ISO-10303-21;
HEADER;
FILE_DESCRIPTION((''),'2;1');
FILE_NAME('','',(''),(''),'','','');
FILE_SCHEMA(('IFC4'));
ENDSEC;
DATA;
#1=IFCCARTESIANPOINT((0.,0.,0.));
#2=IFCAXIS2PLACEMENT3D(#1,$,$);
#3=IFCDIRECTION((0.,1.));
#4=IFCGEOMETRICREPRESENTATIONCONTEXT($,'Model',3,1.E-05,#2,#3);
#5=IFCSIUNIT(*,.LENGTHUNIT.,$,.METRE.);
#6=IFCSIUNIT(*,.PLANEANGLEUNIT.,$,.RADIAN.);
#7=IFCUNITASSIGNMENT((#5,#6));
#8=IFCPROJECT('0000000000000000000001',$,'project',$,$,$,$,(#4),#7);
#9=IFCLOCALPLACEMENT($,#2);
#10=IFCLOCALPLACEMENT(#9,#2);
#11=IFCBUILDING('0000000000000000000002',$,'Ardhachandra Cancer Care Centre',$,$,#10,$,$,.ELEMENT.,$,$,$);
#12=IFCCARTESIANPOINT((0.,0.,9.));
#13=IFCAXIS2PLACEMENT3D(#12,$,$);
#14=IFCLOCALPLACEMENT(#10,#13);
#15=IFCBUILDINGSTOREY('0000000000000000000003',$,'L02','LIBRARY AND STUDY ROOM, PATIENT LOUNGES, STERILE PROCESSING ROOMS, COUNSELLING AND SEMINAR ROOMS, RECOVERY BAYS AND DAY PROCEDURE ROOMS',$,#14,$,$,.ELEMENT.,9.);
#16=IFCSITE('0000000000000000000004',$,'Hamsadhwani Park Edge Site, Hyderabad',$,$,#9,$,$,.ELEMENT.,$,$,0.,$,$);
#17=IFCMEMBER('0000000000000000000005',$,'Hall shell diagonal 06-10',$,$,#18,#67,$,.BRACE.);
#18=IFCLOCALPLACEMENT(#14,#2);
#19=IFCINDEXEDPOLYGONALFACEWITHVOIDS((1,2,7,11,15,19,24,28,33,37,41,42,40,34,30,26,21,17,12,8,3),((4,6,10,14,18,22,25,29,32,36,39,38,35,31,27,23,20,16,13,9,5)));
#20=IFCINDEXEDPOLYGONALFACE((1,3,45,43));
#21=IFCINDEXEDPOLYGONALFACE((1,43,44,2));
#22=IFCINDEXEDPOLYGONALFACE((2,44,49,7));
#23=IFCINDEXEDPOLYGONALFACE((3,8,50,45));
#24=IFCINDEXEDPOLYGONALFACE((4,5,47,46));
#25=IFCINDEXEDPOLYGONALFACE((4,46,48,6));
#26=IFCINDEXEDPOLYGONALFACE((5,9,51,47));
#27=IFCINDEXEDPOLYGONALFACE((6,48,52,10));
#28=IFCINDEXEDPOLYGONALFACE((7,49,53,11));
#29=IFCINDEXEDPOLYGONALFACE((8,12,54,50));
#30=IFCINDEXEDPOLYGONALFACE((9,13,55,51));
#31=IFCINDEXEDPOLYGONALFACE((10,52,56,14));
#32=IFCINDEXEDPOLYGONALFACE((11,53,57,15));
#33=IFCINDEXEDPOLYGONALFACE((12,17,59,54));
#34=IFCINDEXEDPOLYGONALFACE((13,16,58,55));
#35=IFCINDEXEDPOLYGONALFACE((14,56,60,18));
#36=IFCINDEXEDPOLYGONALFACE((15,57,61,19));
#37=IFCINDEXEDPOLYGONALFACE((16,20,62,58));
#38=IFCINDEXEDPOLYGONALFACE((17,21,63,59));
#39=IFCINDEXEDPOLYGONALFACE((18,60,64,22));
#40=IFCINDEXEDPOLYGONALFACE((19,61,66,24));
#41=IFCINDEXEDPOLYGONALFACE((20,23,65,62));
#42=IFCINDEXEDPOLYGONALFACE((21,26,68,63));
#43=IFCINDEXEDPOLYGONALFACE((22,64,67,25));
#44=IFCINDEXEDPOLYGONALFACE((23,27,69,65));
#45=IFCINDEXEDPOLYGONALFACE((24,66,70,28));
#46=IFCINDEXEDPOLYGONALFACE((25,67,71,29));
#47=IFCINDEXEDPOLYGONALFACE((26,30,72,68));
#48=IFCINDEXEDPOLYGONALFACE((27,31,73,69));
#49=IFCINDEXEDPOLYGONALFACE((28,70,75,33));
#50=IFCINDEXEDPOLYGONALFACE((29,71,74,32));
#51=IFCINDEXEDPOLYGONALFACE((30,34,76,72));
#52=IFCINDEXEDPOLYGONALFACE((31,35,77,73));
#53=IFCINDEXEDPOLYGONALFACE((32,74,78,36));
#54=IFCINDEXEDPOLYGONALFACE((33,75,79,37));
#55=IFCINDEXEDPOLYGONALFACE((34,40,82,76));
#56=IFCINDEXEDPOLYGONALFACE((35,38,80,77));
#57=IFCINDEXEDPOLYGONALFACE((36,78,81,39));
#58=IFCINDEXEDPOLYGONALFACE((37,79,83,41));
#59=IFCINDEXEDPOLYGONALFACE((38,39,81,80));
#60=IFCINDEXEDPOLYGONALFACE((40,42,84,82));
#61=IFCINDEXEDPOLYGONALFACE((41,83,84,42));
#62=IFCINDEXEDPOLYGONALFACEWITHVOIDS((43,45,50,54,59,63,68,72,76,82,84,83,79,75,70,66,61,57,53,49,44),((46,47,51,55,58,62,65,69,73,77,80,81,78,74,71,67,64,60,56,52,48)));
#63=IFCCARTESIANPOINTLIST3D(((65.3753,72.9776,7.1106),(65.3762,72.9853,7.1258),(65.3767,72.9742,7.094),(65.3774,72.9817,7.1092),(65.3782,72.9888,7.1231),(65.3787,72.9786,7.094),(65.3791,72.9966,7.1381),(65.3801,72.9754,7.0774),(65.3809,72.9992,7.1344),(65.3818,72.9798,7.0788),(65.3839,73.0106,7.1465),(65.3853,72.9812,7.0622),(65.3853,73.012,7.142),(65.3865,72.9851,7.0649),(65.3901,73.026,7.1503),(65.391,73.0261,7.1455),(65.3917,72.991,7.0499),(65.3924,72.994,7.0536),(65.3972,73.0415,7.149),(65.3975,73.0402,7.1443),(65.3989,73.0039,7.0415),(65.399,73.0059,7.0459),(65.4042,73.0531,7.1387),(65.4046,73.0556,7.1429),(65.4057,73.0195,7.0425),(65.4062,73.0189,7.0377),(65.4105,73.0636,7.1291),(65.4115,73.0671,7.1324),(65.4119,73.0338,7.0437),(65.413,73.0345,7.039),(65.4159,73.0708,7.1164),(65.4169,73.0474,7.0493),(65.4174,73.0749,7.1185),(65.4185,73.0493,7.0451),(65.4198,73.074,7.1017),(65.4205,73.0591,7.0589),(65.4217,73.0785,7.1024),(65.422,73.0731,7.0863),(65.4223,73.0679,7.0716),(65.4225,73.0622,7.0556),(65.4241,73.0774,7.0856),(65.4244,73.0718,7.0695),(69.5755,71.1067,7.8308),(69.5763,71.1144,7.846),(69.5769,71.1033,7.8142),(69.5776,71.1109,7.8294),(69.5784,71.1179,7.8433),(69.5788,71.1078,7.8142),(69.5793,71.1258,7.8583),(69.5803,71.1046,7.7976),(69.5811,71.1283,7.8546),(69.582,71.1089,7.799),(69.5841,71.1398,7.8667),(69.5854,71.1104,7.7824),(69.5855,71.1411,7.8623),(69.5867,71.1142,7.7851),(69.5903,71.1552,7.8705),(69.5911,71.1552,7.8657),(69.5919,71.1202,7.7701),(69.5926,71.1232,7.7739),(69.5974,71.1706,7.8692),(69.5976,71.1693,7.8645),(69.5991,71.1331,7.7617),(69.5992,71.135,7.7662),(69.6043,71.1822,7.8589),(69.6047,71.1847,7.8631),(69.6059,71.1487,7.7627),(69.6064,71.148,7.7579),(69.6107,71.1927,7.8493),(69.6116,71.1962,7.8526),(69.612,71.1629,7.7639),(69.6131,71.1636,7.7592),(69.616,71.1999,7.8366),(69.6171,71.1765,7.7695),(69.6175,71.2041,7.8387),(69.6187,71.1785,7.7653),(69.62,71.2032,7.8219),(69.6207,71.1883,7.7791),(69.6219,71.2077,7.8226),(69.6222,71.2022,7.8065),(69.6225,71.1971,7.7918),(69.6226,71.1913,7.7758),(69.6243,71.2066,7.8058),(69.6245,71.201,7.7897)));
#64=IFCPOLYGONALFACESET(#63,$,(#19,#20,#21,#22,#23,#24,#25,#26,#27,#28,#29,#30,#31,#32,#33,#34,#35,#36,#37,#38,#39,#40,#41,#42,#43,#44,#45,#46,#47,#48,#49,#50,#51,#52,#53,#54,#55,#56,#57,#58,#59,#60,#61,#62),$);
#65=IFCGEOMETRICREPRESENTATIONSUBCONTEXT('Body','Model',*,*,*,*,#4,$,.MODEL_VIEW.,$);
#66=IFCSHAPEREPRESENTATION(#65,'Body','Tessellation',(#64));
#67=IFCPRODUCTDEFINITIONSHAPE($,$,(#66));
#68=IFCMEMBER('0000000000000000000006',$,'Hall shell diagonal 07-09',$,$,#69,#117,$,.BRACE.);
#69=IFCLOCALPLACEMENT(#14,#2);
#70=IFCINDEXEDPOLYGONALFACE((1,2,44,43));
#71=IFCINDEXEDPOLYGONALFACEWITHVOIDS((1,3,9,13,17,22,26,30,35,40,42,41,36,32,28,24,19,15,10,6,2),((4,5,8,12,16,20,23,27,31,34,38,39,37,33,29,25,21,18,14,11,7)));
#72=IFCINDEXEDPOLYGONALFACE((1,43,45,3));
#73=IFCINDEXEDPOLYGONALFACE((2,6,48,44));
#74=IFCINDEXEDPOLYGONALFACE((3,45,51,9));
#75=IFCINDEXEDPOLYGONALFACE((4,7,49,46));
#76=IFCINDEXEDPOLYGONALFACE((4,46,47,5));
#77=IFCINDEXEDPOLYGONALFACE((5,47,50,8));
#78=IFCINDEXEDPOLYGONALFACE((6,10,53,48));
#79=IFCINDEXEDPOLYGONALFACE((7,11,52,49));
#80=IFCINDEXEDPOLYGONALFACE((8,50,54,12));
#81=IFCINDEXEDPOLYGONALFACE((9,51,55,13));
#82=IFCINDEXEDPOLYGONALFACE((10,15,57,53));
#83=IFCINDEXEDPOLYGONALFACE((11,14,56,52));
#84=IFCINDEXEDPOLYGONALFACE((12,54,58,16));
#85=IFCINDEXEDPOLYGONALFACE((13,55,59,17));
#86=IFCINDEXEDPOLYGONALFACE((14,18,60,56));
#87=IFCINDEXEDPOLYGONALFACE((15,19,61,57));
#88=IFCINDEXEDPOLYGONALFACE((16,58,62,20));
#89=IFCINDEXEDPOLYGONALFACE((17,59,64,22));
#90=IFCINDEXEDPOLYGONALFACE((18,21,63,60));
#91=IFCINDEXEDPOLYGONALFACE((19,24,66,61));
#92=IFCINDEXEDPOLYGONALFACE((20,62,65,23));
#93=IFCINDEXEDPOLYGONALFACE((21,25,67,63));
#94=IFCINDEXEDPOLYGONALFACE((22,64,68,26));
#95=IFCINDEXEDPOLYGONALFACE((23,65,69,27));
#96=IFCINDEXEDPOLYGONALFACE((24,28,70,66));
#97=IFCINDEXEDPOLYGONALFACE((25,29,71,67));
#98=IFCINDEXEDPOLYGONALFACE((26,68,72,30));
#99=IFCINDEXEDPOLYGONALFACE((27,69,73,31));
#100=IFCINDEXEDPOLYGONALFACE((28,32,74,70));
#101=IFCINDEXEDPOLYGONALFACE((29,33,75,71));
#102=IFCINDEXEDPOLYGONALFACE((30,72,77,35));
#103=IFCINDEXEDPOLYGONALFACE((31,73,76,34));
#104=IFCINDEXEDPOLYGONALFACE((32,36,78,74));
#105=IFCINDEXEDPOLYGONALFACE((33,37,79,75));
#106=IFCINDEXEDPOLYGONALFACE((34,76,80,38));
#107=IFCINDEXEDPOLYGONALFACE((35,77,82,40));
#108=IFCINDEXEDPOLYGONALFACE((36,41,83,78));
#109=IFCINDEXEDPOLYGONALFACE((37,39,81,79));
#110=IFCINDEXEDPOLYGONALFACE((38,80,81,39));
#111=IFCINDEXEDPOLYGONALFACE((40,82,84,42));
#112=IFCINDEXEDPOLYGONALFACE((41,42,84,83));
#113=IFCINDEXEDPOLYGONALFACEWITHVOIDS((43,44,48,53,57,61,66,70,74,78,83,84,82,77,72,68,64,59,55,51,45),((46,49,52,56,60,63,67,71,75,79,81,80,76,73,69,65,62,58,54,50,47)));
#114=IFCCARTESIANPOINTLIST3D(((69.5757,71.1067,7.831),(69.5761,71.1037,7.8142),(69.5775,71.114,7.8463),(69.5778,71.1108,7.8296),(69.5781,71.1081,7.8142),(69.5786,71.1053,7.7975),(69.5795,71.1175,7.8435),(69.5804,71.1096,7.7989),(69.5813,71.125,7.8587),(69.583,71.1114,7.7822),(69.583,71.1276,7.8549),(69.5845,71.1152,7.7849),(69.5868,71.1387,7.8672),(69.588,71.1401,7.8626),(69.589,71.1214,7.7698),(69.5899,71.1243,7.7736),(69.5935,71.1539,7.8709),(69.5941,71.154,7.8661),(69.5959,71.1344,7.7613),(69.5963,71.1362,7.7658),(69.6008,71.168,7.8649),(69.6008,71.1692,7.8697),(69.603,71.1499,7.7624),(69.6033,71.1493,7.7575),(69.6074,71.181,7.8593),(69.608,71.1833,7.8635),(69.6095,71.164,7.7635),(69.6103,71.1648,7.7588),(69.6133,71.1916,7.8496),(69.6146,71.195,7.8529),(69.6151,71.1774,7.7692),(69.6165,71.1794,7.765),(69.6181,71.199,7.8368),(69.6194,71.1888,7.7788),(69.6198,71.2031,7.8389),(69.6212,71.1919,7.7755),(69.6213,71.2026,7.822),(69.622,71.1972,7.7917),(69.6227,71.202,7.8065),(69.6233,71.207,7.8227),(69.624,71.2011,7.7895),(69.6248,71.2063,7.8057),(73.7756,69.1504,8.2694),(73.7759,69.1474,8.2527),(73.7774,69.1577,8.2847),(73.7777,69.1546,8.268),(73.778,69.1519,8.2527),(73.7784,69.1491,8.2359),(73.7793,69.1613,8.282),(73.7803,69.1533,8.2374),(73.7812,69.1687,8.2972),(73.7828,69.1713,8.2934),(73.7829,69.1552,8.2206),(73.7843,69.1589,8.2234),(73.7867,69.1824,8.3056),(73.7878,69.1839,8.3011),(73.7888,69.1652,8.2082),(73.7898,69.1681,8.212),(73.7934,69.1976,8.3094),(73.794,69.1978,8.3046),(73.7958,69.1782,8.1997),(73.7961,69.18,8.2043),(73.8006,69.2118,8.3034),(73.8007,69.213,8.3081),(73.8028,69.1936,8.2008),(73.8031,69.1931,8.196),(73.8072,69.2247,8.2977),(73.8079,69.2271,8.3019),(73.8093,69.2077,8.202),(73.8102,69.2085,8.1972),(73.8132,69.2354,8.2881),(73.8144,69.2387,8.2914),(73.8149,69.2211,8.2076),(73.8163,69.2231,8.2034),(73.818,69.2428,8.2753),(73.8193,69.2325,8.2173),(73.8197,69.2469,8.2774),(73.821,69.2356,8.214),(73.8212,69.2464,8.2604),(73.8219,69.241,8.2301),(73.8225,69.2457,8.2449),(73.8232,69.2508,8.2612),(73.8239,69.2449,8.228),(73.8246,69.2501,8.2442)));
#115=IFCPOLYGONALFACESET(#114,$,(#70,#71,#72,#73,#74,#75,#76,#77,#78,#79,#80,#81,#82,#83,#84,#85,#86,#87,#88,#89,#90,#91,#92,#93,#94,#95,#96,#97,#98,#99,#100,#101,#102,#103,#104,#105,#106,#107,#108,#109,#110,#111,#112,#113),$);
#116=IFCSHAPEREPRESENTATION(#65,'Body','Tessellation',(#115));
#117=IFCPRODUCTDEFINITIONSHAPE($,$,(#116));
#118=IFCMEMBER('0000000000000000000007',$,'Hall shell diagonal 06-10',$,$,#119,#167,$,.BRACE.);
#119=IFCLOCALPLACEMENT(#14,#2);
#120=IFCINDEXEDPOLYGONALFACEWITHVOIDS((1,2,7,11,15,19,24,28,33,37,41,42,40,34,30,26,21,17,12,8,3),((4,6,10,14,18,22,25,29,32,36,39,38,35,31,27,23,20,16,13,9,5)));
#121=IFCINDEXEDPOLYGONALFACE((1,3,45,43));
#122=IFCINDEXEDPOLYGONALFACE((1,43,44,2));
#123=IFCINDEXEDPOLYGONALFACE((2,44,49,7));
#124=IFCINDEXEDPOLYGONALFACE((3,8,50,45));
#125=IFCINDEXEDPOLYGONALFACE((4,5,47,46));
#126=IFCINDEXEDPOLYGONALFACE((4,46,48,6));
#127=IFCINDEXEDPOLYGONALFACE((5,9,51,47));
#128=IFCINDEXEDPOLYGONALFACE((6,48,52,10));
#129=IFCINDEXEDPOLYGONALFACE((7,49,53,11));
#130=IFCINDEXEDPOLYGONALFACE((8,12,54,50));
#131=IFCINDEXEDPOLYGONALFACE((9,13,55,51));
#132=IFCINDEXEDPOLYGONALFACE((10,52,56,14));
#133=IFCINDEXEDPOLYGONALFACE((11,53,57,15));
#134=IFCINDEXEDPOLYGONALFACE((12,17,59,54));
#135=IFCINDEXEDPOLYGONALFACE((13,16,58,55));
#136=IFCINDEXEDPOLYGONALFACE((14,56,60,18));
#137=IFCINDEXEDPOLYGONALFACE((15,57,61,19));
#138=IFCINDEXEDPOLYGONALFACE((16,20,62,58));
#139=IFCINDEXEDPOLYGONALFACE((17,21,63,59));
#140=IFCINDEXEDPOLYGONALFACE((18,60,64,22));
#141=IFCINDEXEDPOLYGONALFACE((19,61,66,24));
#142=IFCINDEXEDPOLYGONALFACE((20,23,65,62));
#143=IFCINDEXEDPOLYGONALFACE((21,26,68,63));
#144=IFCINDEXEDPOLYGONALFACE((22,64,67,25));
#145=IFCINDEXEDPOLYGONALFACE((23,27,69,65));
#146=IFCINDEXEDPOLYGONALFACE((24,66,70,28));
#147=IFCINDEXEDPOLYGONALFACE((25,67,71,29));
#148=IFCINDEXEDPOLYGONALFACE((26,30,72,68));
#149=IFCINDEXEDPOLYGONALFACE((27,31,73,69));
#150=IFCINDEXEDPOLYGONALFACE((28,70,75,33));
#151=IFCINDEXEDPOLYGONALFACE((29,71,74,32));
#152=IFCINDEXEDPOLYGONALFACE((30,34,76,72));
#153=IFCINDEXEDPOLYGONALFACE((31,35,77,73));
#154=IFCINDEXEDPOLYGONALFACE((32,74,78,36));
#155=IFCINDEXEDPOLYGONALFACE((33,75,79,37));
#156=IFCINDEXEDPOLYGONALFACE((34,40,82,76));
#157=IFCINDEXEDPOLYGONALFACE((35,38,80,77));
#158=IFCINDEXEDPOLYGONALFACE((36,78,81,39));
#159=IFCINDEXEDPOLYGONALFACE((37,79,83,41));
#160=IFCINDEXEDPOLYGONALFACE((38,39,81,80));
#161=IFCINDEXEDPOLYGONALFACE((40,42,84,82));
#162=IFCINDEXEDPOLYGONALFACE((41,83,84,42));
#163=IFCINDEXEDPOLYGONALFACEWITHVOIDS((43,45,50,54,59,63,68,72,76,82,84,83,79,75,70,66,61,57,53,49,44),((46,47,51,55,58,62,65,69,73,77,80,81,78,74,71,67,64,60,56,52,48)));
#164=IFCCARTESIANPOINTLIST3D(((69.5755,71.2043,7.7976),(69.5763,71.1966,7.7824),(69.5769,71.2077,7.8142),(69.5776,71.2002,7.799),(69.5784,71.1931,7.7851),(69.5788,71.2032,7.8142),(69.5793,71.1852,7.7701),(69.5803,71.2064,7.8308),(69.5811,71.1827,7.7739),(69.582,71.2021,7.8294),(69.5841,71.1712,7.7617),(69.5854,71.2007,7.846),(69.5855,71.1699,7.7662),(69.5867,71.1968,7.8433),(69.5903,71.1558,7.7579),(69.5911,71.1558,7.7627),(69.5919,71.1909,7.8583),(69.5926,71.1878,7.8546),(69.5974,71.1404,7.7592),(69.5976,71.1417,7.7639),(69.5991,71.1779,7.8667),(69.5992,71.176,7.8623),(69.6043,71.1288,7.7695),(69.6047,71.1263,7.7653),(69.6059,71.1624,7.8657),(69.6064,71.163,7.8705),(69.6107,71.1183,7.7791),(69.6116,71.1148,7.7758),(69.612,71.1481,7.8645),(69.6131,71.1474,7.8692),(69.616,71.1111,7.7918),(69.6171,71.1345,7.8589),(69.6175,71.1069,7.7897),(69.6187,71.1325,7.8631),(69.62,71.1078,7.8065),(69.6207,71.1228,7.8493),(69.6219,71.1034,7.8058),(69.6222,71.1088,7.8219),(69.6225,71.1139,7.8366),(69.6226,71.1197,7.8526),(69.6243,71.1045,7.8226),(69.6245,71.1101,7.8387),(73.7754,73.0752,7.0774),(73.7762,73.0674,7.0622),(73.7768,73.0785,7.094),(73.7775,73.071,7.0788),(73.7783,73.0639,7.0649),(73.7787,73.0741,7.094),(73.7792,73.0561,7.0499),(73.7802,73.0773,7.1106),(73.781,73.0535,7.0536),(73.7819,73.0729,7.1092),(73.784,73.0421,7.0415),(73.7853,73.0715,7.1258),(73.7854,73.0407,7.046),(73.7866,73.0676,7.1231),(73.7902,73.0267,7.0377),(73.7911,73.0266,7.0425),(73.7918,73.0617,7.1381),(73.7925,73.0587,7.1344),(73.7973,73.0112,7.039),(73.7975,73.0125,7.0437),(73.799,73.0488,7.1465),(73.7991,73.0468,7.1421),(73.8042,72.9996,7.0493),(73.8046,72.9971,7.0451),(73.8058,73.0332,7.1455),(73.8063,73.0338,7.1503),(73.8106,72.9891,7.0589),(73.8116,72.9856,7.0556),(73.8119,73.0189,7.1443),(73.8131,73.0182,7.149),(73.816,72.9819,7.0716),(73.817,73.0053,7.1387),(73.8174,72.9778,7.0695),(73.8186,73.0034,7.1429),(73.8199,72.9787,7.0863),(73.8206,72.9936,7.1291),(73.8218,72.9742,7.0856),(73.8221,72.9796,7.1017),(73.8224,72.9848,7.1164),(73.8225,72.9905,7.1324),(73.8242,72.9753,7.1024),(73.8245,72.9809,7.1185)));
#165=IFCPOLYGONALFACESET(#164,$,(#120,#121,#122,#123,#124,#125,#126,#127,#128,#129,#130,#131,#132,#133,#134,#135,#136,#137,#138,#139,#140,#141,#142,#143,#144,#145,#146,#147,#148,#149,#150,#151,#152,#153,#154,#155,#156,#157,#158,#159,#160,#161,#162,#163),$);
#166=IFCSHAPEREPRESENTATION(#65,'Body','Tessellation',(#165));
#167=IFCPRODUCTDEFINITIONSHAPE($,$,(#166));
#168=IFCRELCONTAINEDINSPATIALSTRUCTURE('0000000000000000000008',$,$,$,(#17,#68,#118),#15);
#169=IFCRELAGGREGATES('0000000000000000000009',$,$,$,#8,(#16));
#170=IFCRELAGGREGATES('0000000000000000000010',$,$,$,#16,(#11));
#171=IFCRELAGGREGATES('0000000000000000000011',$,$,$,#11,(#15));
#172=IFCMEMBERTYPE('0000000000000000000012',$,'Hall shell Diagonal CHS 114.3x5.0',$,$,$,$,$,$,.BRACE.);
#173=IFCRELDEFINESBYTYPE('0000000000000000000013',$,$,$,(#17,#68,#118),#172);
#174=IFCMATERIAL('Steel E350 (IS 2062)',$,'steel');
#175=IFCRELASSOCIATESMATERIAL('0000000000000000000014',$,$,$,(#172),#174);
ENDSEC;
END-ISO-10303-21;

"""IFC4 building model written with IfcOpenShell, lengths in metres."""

from ifc_helpers import new_model, si_unit, direction, frame, origin, origin_2d, place, context, subcontext, project, spatial, hollow_circle, extrude, material, material_profile, profile_set, type_object, element, save


model = new_model("IFC4")

# Units and contexts
model_context = context("Model", 3, precision=1e-05, world=origin(), true_north=direction((0.0, 1.0)))
body_context = subcontext(model_context, "Body", "Model", "MODEL_VIEW")
ifc_project = project(units=[si_unit("LENGTHUNIT", "METRE"), si_unit("PLANEANGLEUNIT", "RADIAN")], contexts=[model_context])

# Site, building, storey
site_placement = place(None, origin())
site = spatial("IfcSite", under=ifc_project, at=site_placement, Name="Hamsadhwani Park Edge Site, Hyderabad", CompositionType="ELEMENT", RefElevation=0.0)
building_placement = place(site_placement, origin())
building = spatial("IfcBuilding", under=site, at=building_placement, Name="Ardhachandra Cancer Care Centre", CompositionType="ELEMENT")
storey_placement = place(building_placement, frame((0.0, 0.0, 9.0)))
storey = spatial("IfcBuildingStorey", under=building, at=storey_placement, Name="L02", Description="LIBRARY AND STUDY ROOM, PATIENT LOUNGES, STERILE PROCESSING ROOMS, COUNSELLING AND SEMINAR ROOMS, RECOVERY BAYS AND DAY PROCEDURE ROOMS", CompositionType="ELEMENT", Elevation=9.0)

# Members
ifc_material_1 = material(Name="Steel E350 (IS 2062)", Category="steel")
ifc_material_profile_1 = material_profile(ifc_material_1, hollow_circle(Radius=0.0571, WallThickness=0.0049, at=origin_2d()), Name="CHS 114.3x5.0")
ifc_profile_set_1 = profile_set([ifc_material_profile_1], Name="Steel E350 (IS 2062)")
member_type_1 = type_object("IfcMemberType", Name="Hall shell Diagonal CHS 114.3x5.0", PredefinedType="BRACE", material=ifc_profile_set_1)
member_1_placement = place(storey_placement, frame((69.6001, 71.1555, 7.8142), z_axis=(-0.902477, 0.401981, -0.154749), x_axis=(-0.406882, -0.913481, 0.0)))
element("IfcMember", 1, at=member_1_placement, inside=storey, type_object=member_type_1, Name="Hall shell diagonal 06-10", PredefinedType="BRACE", context=body_context, shape_type="SweptSolid", body=[
    extrude(hollow_circle(Radius=0.0571, WallThickness=0.0049, at=origin_2d()), origin(), (0.0, 0.0, 1.0), 4.6541),
])
for number, where, z_axis, x_axis, name in (
    (2, (73.8, 69.1992, 8.2527), (-0.902455, 0.420355, -0.094217), (-0.422233, -0.906487, 0.0), "Hall shell diagonal 07-09"),
    (3, (69.6001, 71.1555, 7.8142), (0.902467, 0.402, -0.154757), (-0.406902, 0.913472, 0.0), "Hall shell diagonal 06-10"),
):
    element("IfcMember", number, at=place(storey_placement, frame(where, z_axis=z_axis, x_axis=x_axis)), inside=storey, type_object=member_type_1, Name=name, PredefinedType="BRACE", context=body_context, shape_type="SweptSolid", body=[
        extrude(hollow_circle(Radius=0.0571, WallThickness=0.0049, at=origin_2d()), origin(), (0.0, 0.0, 1.0), 4.6538),
    ])

save(model, "model.ifc")
